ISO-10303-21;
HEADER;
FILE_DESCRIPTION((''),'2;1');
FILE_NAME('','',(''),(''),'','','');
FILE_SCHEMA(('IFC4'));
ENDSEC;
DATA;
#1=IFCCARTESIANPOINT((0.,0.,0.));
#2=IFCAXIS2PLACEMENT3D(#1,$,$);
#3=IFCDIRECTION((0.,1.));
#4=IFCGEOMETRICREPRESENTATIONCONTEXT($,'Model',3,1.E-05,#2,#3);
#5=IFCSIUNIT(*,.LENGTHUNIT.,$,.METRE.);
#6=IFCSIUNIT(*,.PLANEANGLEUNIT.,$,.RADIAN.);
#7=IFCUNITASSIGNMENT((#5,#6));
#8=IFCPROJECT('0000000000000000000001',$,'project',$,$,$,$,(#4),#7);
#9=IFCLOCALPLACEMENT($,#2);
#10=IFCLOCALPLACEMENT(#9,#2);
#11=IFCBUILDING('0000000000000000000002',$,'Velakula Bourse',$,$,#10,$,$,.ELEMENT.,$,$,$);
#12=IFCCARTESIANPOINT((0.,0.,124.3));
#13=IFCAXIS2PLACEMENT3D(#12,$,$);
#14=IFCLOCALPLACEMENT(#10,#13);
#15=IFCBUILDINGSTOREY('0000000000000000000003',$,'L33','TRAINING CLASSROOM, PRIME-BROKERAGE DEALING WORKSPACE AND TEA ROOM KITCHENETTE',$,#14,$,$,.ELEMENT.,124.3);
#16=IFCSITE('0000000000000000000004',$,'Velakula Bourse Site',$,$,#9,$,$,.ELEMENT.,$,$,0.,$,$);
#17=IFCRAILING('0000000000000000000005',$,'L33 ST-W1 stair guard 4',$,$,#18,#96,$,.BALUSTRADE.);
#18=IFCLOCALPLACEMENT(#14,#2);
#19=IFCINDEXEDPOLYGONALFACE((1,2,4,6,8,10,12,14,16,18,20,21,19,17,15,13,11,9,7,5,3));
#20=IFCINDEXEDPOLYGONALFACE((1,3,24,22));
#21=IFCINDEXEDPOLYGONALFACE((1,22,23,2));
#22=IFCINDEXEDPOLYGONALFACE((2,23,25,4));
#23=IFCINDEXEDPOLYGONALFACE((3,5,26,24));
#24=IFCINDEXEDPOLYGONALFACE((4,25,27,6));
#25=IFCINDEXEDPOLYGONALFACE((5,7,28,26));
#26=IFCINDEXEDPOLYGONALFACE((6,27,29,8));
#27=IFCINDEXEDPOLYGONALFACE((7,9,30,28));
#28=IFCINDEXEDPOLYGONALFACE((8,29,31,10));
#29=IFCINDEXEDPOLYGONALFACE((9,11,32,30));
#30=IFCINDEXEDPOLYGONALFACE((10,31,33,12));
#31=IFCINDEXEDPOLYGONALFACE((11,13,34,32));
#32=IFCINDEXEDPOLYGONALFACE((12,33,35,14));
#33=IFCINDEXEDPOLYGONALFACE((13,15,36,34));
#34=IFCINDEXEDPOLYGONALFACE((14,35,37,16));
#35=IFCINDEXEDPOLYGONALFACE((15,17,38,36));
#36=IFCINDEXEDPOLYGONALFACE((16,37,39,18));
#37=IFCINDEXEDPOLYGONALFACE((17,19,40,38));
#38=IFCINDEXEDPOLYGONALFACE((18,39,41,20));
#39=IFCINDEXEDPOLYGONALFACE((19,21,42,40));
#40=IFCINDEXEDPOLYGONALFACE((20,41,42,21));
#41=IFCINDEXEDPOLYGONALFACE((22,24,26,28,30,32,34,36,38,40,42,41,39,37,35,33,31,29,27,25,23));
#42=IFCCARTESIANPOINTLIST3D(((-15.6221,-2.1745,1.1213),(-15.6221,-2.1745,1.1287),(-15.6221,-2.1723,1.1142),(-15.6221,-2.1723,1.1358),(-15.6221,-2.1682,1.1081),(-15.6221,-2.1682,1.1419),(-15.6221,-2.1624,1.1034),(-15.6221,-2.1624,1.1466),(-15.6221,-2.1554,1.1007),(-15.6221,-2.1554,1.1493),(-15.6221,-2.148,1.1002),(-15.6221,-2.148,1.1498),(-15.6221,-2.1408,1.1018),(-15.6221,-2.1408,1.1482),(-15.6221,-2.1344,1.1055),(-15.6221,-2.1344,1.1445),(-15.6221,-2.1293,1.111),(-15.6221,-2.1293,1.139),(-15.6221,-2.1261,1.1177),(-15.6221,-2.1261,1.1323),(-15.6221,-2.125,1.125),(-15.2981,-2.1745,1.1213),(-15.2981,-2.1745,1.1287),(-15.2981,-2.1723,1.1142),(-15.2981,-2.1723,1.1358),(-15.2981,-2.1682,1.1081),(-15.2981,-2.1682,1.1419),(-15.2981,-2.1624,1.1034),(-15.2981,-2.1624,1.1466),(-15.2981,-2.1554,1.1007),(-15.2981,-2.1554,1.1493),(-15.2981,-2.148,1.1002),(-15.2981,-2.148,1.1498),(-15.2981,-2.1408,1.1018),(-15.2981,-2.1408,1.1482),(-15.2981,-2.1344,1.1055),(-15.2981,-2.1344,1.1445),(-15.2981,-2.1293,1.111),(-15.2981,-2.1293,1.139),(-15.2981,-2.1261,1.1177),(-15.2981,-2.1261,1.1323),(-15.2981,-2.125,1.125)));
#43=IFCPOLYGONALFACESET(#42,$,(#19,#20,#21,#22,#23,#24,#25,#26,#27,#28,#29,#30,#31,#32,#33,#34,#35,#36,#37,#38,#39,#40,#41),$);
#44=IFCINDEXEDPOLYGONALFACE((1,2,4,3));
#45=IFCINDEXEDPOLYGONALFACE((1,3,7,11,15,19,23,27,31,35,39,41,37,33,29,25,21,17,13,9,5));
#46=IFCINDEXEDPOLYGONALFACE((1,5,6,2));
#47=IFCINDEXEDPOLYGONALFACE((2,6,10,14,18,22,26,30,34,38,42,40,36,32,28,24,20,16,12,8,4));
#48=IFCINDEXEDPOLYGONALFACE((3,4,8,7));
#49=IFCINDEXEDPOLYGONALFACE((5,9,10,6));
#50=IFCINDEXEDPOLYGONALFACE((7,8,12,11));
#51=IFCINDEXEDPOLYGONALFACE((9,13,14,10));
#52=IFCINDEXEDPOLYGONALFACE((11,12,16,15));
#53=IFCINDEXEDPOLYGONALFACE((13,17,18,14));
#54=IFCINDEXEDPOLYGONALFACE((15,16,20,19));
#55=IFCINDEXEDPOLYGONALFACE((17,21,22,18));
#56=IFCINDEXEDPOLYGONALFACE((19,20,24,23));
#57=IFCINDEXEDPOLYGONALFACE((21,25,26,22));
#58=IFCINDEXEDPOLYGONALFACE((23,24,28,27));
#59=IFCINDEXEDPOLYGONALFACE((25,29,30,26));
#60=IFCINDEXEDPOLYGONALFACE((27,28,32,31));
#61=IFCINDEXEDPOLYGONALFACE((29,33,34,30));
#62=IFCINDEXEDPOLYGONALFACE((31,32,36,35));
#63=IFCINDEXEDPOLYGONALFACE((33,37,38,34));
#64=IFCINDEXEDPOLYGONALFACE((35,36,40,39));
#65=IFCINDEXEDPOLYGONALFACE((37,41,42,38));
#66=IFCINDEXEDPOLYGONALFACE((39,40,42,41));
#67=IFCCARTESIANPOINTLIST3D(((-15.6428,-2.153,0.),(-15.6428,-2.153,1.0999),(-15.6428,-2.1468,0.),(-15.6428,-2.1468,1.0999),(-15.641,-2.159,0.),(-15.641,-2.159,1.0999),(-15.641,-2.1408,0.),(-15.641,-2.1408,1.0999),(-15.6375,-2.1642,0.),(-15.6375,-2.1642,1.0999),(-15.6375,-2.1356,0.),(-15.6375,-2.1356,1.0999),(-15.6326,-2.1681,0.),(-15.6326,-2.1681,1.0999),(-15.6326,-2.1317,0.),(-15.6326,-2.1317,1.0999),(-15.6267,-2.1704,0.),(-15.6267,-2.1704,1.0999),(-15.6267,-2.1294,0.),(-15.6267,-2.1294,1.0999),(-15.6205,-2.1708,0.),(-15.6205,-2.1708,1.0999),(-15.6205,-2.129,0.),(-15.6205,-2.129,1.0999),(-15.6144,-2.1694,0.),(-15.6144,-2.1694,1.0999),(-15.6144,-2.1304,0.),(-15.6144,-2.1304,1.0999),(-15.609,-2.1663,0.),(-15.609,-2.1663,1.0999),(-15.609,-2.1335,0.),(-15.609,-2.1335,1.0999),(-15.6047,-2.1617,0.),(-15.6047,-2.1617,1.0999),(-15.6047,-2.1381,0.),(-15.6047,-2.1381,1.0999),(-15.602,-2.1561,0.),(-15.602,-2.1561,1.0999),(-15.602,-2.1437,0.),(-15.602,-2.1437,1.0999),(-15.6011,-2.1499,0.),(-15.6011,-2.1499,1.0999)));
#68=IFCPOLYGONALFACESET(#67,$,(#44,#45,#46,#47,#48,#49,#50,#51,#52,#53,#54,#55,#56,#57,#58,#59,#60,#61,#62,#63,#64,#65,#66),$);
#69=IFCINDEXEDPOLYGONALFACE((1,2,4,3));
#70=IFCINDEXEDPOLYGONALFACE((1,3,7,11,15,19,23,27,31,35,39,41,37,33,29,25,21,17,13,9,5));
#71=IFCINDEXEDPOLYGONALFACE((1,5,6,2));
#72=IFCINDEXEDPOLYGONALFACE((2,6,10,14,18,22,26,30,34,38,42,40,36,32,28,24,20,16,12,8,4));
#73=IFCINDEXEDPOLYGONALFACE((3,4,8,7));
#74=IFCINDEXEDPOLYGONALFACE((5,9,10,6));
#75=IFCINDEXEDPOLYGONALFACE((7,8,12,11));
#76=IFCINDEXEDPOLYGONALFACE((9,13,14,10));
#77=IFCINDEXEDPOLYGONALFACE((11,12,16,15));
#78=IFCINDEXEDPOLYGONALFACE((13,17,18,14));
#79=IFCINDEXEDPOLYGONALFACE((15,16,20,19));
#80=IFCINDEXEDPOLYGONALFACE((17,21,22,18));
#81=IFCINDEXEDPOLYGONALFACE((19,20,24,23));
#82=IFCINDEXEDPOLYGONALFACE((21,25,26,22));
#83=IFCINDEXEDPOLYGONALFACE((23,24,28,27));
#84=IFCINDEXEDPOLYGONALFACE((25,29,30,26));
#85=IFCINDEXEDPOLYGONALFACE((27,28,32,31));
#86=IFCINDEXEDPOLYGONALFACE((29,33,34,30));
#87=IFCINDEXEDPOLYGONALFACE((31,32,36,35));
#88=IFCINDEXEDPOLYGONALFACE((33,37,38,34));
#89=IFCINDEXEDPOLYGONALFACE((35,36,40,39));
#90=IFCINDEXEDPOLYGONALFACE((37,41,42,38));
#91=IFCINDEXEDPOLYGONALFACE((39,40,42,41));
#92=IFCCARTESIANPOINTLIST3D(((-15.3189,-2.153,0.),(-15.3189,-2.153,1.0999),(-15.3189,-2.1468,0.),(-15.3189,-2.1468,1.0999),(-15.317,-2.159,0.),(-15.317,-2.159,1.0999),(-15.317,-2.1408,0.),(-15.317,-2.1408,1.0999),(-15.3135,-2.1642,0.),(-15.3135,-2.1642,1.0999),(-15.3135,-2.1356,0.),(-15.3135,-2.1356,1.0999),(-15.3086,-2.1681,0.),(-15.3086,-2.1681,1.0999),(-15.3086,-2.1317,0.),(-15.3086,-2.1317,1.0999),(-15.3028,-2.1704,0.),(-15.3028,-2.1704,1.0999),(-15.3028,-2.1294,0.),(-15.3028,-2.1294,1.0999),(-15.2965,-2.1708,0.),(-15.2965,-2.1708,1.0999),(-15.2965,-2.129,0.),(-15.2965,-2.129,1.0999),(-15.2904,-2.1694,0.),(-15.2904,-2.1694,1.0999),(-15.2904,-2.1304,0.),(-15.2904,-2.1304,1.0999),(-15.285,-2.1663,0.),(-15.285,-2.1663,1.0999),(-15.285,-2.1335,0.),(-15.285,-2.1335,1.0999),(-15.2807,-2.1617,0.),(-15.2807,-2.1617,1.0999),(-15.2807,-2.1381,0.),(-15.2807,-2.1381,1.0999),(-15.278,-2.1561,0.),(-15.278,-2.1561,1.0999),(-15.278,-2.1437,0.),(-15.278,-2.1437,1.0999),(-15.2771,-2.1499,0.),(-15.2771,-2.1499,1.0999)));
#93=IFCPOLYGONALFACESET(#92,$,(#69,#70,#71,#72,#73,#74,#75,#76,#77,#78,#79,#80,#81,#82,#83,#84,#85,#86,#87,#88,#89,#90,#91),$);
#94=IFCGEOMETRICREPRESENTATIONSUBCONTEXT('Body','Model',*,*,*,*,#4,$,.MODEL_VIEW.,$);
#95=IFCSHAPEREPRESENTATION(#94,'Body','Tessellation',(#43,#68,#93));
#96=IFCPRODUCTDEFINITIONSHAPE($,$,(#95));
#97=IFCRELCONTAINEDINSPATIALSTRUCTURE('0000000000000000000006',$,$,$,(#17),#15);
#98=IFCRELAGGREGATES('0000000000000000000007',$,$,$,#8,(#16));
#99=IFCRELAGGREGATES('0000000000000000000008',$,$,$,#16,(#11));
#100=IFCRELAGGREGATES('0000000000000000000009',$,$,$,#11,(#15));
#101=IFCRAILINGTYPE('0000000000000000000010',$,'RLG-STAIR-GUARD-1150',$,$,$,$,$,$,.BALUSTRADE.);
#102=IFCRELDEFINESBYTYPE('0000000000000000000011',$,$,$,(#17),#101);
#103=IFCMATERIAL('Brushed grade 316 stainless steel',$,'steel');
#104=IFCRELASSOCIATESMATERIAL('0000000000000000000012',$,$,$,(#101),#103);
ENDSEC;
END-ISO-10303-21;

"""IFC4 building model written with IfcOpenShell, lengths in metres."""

from ifc_helpers import new_model, si_unit, direction, frame, origin, origin_2d, place, context, subcontext, project, spatial, circle, extrude, material, type_object, element, save


model = new_model("IFC4")

# Units and contexts
model_context = context("Model", 3, precision=1e-05, world=origin(), true_north=direction((0.0, 1.0)))
body_context = subcontext(model_context, "Body", "Model", "MODEL_VIEW")
ifc_project = project(units=[si_unit("LENGTHUNIT", "METRE"), si_unit("PLANEANGLEUNIT", "RADIAN")], contexts=[model_context])

# Site, building, storey
site_placement = place(None, origin())
site = spatial("IfcSite", under=ifc_project, at=site_placement, Name="Velakula Bourse Site", CompositionType="ELEMENT", RefElevation=0.0)
building_placement = place(site_placement, origin())
building = spatial("IfcBuilding", under=site, at=building_placement, Name="Velakula Bourse", CompositionType="ELEMENT")
storey_placement = place(building_placement, frame((0.0, 0.0, 124.3)))
storey = spatial("IfcBuildingStorey", under=building, at=storey_placement, Name="L33", Description="TRAINING CLASSROOM, PRIME-BROKERAGE DEALING WORKSPACE AND TEA ROOM KITCHENETTE", CompositionType="ELEMENT", Elevation=124.3)

# Shared definitions
ifc_material_1 = material(Name="Brushed grade 316 stainless steel", Category="steel")

# Railing
railing_type_1 = type_object("IfcRailingType", Name="RLG-STAIR-GUARD-1150", PredefinedType="BALUSTRADE", material=ifc_material_1)
railing_1_placement = place(storey_placement, frame((-15.6221, -2.1499, 0.0)))
element("IfcRailing", 1, at=railing_1_placement, inside=storey, type_object=railing_type_1, Name="L33 ST-W1 stair guard 4", PredefinedType="BALUSTRADE", context=body_context, shape_type="SweptSolid", body=[
    extrude(circle(Radius=0.0249, at=origin_2d()), frame((0.0, 0.0, 1.125), z_axis=(1.0, 0.0, 0.0), x_axis=(0.0, 1.0, 0.0)), (0.0, 0.0, 1.0), 0.324),
    extrude(circle(Radius=0.021, at=origin_2d()), origin(), (0.0, 0.0, 1.0), 1.0999),
    extrude(circle(Radius=0.021, at=origin_2d()), frame((0.324, 0.0, 0.0)), (0.0, 0.0, 1.0), 1.0999),
])

save(model, "model.ifc")
